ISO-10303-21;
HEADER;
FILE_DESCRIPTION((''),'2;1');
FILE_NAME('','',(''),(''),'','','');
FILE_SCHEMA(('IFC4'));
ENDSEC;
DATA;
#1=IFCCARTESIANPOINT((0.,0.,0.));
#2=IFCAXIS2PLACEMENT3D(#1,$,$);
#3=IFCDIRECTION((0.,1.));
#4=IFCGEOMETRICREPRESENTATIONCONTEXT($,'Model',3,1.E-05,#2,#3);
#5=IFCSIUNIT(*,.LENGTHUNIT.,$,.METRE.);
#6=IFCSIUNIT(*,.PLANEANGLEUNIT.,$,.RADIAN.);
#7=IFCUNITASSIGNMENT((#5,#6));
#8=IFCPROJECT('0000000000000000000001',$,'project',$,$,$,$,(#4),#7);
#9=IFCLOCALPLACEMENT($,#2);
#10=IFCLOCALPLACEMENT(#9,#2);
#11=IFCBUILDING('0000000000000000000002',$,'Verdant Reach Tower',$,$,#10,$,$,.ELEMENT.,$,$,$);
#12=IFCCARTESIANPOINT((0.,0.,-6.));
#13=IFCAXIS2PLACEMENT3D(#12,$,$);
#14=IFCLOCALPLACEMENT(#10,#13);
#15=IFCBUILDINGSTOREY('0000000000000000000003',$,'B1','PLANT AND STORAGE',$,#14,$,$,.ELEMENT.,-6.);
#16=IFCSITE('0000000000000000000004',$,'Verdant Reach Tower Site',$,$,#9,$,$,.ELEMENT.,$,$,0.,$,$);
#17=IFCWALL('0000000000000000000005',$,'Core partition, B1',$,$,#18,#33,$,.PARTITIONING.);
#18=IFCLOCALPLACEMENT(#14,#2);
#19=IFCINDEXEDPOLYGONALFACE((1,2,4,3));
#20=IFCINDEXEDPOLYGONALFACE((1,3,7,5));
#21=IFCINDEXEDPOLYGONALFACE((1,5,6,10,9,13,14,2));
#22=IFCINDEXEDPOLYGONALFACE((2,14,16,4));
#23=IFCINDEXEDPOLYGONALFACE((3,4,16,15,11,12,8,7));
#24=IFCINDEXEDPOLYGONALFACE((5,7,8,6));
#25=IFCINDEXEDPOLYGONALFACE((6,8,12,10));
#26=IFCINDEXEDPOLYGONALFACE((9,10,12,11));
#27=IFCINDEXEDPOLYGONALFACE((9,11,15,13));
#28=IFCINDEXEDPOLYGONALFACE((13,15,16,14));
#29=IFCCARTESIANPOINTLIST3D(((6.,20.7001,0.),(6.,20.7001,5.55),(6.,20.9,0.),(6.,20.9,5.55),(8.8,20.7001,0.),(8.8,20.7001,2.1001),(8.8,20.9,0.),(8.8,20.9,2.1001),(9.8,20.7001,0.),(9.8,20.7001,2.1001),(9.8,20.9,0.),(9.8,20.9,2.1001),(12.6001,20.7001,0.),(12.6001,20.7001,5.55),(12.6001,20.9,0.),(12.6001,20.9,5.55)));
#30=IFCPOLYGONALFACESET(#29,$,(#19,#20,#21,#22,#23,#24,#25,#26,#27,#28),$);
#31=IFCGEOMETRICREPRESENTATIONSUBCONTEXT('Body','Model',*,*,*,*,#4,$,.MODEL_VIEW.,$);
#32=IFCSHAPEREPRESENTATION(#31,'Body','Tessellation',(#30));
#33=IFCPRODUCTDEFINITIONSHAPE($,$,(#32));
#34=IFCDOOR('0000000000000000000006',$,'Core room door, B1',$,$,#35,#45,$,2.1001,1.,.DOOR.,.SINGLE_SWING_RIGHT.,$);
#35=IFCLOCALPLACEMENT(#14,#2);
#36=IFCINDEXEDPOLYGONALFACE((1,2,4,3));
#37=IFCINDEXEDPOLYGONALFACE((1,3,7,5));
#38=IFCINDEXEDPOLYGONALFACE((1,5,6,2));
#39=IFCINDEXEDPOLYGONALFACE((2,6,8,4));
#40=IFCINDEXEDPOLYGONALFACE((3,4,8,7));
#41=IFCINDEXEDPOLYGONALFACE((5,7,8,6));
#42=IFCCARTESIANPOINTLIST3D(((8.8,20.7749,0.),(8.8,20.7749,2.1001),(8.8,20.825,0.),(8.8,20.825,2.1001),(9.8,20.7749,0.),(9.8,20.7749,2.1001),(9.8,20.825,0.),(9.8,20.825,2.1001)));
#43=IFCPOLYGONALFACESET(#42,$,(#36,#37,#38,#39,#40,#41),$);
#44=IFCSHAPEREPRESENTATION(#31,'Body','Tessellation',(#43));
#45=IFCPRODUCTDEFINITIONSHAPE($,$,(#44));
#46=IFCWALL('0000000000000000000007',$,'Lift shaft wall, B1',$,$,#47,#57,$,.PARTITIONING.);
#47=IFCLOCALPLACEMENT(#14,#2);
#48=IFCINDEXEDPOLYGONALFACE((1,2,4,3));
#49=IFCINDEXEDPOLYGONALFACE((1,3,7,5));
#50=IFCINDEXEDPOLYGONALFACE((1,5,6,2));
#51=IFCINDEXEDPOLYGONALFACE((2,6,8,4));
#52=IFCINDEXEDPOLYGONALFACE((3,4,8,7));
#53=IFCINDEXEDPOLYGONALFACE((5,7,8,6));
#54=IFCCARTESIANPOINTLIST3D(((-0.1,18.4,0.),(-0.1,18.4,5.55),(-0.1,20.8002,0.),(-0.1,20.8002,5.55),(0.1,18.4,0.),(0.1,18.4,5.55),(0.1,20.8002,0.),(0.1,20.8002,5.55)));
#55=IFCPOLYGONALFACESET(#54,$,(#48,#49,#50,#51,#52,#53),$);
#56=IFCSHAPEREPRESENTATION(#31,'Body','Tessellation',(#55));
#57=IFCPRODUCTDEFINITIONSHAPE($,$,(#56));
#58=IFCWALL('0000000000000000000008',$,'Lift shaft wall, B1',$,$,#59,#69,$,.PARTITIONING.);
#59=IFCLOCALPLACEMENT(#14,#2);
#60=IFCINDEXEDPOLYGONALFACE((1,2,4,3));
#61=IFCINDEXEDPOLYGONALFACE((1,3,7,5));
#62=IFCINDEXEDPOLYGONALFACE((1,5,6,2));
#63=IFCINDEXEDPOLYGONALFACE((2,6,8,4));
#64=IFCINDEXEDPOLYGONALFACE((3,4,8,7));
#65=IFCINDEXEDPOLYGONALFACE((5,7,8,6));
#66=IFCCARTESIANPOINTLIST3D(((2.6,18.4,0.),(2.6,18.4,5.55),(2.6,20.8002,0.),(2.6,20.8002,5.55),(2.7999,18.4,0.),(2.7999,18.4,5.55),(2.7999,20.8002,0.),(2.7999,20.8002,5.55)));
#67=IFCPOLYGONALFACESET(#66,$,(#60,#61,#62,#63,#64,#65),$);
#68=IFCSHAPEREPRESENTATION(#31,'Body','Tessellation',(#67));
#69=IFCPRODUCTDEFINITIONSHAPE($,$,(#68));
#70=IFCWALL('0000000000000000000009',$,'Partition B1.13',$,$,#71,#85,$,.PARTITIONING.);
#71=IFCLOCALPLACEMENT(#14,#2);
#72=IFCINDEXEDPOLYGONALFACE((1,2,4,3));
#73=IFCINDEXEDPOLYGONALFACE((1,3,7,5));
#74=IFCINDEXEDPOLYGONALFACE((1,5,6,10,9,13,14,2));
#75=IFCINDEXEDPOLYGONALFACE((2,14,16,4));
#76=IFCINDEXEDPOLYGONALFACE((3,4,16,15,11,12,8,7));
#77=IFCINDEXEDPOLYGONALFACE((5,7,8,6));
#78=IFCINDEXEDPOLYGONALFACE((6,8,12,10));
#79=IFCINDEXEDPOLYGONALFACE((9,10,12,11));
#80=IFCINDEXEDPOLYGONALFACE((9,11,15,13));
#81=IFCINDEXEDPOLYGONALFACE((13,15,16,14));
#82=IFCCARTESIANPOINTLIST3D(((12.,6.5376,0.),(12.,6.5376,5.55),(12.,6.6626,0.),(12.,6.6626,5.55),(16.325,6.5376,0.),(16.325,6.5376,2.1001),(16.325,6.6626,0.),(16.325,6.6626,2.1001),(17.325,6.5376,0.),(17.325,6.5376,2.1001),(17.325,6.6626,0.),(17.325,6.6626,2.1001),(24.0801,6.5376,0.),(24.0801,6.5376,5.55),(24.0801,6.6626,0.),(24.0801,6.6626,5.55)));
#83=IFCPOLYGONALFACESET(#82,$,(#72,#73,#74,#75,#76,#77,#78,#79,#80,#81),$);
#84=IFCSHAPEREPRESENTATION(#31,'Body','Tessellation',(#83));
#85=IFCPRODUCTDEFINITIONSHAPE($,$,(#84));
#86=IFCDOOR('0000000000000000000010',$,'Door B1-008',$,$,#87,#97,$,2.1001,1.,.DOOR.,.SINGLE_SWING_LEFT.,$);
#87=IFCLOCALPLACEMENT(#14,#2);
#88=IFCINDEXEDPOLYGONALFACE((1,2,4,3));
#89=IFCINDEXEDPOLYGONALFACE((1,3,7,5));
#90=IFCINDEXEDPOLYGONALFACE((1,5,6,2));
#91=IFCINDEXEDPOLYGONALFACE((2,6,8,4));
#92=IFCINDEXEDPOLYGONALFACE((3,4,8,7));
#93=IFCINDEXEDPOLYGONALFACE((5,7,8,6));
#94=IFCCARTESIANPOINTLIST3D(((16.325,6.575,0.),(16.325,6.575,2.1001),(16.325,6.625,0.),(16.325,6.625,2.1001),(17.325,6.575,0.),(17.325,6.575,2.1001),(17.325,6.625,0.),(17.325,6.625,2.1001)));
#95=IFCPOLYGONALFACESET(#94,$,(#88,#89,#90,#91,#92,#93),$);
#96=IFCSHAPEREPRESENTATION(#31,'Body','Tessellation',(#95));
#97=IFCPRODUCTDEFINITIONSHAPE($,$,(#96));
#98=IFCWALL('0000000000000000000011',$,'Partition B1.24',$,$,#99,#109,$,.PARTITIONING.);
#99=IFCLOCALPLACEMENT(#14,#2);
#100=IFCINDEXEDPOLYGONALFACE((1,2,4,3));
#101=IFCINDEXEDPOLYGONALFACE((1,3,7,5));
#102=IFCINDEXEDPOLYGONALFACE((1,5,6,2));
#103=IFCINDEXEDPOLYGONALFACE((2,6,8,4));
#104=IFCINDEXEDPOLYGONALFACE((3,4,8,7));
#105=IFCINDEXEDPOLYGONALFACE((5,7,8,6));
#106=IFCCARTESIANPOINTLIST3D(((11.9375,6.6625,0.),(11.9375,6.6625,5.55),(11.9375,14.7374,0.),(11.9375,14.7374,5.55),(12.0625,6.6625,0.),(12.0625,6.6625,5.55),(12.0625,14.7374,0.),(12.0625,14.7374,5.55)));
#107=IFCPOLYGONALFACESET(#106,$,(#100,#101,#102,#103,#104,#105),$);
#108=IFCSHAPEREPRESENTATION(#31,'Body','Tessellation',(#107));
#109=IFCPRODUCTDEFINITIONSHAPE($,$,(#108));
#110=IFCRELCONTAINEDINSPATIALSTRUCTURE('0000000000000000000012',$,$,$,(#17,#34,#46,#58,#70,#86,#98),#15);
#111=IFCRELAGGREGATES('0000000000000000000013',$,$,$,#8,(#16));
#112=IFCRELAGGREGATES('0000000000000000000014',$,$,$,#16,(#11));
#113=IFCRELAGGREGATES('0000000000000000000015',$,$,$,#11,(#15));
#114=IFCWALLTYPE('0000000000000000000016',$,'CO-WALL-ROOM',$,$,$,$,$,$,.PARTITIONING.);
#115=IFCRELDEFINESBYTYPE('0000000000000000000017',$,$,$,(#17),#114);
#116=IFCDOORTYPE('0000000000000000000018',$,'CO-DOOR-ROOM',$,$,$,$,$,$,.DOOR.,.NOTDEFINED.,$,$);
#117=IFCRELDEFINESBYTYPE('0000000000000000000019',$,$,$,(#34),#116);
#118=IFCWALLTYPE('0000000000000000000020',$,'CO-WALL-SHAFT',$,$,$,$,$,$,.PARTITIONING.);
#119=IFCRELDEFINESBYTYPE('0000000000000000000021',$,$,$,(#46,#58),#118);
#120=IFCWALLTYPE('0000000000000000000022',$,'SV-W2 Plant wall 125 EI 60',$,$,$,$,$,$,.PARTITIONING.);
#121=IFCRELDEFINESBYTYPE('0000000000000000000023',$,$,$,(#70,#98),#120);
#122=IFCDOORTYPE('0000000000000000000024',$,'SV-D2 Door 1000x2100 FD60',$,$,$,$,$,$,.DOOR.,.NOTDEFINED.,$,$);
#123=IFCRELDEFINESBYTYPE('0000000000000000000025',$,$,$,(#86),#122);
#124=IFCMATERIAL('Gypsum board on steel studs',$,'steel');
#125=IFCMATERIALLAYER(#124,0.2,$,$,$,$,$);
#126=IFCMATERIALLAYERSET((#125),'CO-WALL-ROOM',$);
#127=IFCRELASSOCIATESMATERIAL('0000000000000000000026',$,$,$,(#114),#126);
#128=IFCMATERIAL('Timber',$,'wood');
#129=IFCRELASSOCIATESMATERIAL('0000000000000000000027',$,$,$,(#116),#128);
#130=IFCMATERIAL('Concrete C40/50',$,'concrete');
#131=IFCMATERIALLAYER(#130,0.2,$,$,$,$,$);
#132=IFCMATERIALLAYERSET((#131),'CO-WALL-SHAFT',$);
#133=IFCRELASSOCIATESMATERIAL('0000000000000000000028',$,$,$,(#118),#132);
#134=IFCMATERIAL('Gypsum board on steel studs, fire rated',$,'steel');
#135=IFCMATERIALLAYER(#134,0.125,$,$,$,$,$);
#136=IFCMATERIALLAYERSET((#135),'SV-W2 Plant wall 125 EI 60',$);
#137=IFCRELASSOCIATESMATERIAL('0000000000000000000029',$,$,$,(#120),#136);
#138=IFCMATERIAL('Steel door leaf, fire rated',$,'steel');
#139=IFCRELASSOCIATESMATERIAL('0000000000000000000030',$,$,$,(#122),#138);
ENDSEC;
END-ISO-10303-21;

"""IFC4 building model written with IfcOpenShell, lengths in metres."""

from ifc_helpers import new_model, si_unit, direction, frame, frame_2d, origin, place, context, subcontext, project, spatial, rectangle, extrude, material, layer, layer_set, type_object, element, fill, save


model = new_model("IFC4")

# Units and contexts
model_context = context("Model", 3, precision=1e-05, world=origin(), true_north=direction((0.0, 1.0)))
body_context = subcontext(model_context, "Body", "Model", "MODEL_VIEW")
ifc_project = project(units=[si_unit("LENGTHUNIT", "METRE"), si_unit("PLANEANGLEUNIT", "RADIAN")], contexts=[model_context])

# Site, building, storey
site_placement = place(None, origin())
site = spatial("IfcSite", under=ifc_project, at=site_placement, Name="Verdant Reach Tower Site", CompositionType="ELEMENT", RefElevation=0.0)
building_placement = place(site_placement, origin())
building = spatial("IfcBuilding", under=site, at=building_placement, Name="Verdant Reach Tower", CompositionType="ELEMENT")
storey_placement = place(building_placement, frame((0.0, 0.0, -6.0)))
storey = spatial("IfcBuildingStorey", under=building, at=storey_placement, Name="B1", Description="PLANT AND STORAGE", CompositionType="ELEMENT", Elevation=-6.0)

# Shared definitions
ifc_material_1 = material(Name="Concrete C40/50", Category="concrete")

# Wall, opening, door
ifc_material_2 = material(Name="Gypsum board on steel studs", Category="steel")
ifc_layer_1 = layer(ifc_material_2, 0.2)
ifc_layer_set_1 = layer_set([ifc_layer_1], Name="CO-WALL-ROOM")
wall_type_1 = type_object("IfcWallType", Name="CO-WALL-ROOM", PredefinedType="PARTITIONING", material=ifc_layer_set_1)
wall_1_placement = place(storey_placement, frame((6.0, 20.8, 0.0), z_axis=(0.0, 0.0, 1.0), x_axis=(1.0, 0.0, 0.0)))
wall_1 = element("IfcWall", 1, at=wall_1_placement, inside=storey, type_object=wall_type_1, Name="Core partition, B1", PredefinedType="PARTITIONING", context=body_context, shape_type="SweptSolid", body=[
    extrude(rectangle(XDim=6.6001, YDim=0.2, at=frame_2d((3.3, 0.0))), origin(), (0.0, 0.0, 1.0), 5.55),
])
opening_1_placement = place(wall_1_placement, frame((2.8, 0.0, 0.0)))
opening_1 = element("IfcOpeningElement", 2, at=opening_1_placement, cuts=wall_1, PredefinedType="OPENING", context=body_context, shape_type="SweptSolid", body=[
    extrude(rectangle(XDim=1.0, YDim=2.1001, at=frame_2d((0.5, 1.05))), frame((0.0, 0.1099, 0.0), z_axis=(0.0, -1.0, 0.0), x_axis=(1.0, 0.0, 0.0)), (0.0, 0.0, 1.0), 0.22),
])
ifc_material_3 = material(Name="Timber", Category="wood")
door_type_1 = type_object("IfcDoorType", Name="CO-DOOR-ROOM", OperationType="NOTDEFINED", PredefinedType="DOOR", material=ifc_material_3)
door_1_placement = place(opening_1_placement, origin())
door_1 = element("IfcDoor", 3, at=door_1_placement, inside=storey, type_object=door_type_1, Name="Core room door, B1", OperationType="SINGLE_SWING_RIGHT", OverallHeight=2.1001, OverallWidth=1.0, PredefinedType="DOOR", context=body_context, shape_type="SweptSolid", body=[
    extrude(rectangle(XDim=1.0, YDim=2.1001, at=frame_2d((0.5, 1.05))), frame((0.0, 0.0249, 0.0), z_axis=(0.0, -1.0, 0.0), x_axis=(1.0, 0.0, 0.0)), (0.0, 0.0, 1.0), 0.05),
])
fill(opening_1, door_1)

# Walls
ifc_layer_2 = layer(ifc_material_1, 0.2)
ifc_layer_set_2 = layer_set([ifc_layer_2], Name="CO-WALL-SHAFT")
wall_type_2 = type_object("IfcWallType", Name="CO-WALL-SHAFT", PredefinedType="PARTITIONING", material=ifc_layer_set_2)
for number, where, z_axis, x_axis, name in (
    (4, (0.0, 18.3999, 0.0), (0.0, 0.0, 1.0), (0.0, 1.0, 0.0), "Lift shaft wall, B1"),
    (5, (2.7, 18.3999, 0.0), (0.0, 0.0, 1.0), (0.0, 1.0, 0.0), "Lift shaft wall, B1"),
):
    element("IfcWall", number, at=place(storey_placement, frame(where, z_axis=z_axis, x_axis=x_axis)), inside=storey, type_object=wall_type_2, Name=name, PredefinedType="PARTITIONING", context=body_context, shape_type="SweptSolid", body=[
        extrude(rectangle(XDim=2.4001, YDim=0.2, at=frame_2d((1.2002, 0.0))), origin(), (0.0, 0.0, 1.0), 5.55),
    ])

# Wall, opening, door
ifc_material_4 = material(Name="Gypsum board on steel studs, fire rated", Category="steel")
ifc_layer_3 = layer(ifc_material_4, 0.125)
ifc_layer_set_3 = layer_set([ifc_layer_3], Name="SV-W2 Plant wall 125 EI 60")
wall_type_3 = type_object("IfcWallType", Name="SV-W2 Plant wall 125 EI 60", PredefinedType="PARTITIONING", material=ifc_layer_set_3)
wall_2_placement = place(storey_placement, frame((12.0, 6.6001, 0.0), z_axis=(0.0, 0.0, 1.0), x_axis=(1.0, 0.0, 0.0)))
wall_2 = element("IfcWall", 6, at=wall_2_placement, inside=storey, type_object=wall_type_3, Name="Partition B1.13", PredefinedType="PARTITIONING", context=body_context, shape_type="SweptSolid", body=[
    extrude(rectangle(XDim=12.0801, YDim=0.125, at=frame_2d((6.04, 0.0))), origin(), (0.0, 0.0, 1.0), 5.55),
])
opening_2_placement = place(wall_2_placement, frame((4.325, 0.0, 0.0)))
opening_2 = element("IfcOpeningElement", 7, at=opening_2_placement, cuts=wall_2, PredefinedType="OPENING", context=body_context, shape_type="SweptSolid", body=[
    extrude(rectangle(XDim=1.0, YDim=2.1001, at=frame_2d((0.5, 1.05))), frame((0.0, 0.0725, 0.0), z_axis=(0.0, -1.0, 0.0), x_axis=(1.0, 0.0, 0.0)), (0.0, 0.0, 1.0), 0.145),
])
ifc_material_5 = material(Name="Steel door leaf, fire rated", Category="steel")
door_type_2 = type_object("IfcDoorType", Name="SV-D2 Door 1000x2100 FD60", OperationType="NOTDEFINED", PredefinedType="DOOR", material=ifc_material_5)
door_2_placement = place(opening_2_placement, origin())
door_2 = element("IfcDoor", 8, at=door_2_placement, inside=storey, type_object=door_type_2, Name="Door B1-008", OperationType="SINGLE_SWING_LEFT", OverallHeight=2.1001, OverallWidth=1.0, PredefinedType="DOOR", context=body_context, shape_type="SweptSolid", body=[
    extrude(rectangle(XDim=1.0, YDim=2.1001, at=frame_2d((0.5, 1.05))), frame((0.0, 0.0249, 0.0), z_axis=(0.0, -1.0, 0.0), x_axis=(1.0, 0.0, 0.0)), (0.0, 0.0, 1.0), 0.05),
])
fill(opening_2, door_2)

# Wall
wall_3_placement = place(storey_placement, frame((12.0, 14.7375, 0.0), z_axis=(0.0, 0.0, 1.0), x_axis=(0.0, -1.0, 0.0)))
element("IfcWall", 9, at=wall_3_placement, inside=storey, type_object=wall_type_3, Name="Partition B1.24", PredefinedType="PARTITIONING", context=body_context, shape_type="SweptSolid", body=[
    extrude(rectangle(XDim=8.075, YDim=0.125, at=frame_2d((4.0376, 0.0))), origin(), (0.0, 0.0, 1.0), 5.55),
])

save(model, "model.ifc")
